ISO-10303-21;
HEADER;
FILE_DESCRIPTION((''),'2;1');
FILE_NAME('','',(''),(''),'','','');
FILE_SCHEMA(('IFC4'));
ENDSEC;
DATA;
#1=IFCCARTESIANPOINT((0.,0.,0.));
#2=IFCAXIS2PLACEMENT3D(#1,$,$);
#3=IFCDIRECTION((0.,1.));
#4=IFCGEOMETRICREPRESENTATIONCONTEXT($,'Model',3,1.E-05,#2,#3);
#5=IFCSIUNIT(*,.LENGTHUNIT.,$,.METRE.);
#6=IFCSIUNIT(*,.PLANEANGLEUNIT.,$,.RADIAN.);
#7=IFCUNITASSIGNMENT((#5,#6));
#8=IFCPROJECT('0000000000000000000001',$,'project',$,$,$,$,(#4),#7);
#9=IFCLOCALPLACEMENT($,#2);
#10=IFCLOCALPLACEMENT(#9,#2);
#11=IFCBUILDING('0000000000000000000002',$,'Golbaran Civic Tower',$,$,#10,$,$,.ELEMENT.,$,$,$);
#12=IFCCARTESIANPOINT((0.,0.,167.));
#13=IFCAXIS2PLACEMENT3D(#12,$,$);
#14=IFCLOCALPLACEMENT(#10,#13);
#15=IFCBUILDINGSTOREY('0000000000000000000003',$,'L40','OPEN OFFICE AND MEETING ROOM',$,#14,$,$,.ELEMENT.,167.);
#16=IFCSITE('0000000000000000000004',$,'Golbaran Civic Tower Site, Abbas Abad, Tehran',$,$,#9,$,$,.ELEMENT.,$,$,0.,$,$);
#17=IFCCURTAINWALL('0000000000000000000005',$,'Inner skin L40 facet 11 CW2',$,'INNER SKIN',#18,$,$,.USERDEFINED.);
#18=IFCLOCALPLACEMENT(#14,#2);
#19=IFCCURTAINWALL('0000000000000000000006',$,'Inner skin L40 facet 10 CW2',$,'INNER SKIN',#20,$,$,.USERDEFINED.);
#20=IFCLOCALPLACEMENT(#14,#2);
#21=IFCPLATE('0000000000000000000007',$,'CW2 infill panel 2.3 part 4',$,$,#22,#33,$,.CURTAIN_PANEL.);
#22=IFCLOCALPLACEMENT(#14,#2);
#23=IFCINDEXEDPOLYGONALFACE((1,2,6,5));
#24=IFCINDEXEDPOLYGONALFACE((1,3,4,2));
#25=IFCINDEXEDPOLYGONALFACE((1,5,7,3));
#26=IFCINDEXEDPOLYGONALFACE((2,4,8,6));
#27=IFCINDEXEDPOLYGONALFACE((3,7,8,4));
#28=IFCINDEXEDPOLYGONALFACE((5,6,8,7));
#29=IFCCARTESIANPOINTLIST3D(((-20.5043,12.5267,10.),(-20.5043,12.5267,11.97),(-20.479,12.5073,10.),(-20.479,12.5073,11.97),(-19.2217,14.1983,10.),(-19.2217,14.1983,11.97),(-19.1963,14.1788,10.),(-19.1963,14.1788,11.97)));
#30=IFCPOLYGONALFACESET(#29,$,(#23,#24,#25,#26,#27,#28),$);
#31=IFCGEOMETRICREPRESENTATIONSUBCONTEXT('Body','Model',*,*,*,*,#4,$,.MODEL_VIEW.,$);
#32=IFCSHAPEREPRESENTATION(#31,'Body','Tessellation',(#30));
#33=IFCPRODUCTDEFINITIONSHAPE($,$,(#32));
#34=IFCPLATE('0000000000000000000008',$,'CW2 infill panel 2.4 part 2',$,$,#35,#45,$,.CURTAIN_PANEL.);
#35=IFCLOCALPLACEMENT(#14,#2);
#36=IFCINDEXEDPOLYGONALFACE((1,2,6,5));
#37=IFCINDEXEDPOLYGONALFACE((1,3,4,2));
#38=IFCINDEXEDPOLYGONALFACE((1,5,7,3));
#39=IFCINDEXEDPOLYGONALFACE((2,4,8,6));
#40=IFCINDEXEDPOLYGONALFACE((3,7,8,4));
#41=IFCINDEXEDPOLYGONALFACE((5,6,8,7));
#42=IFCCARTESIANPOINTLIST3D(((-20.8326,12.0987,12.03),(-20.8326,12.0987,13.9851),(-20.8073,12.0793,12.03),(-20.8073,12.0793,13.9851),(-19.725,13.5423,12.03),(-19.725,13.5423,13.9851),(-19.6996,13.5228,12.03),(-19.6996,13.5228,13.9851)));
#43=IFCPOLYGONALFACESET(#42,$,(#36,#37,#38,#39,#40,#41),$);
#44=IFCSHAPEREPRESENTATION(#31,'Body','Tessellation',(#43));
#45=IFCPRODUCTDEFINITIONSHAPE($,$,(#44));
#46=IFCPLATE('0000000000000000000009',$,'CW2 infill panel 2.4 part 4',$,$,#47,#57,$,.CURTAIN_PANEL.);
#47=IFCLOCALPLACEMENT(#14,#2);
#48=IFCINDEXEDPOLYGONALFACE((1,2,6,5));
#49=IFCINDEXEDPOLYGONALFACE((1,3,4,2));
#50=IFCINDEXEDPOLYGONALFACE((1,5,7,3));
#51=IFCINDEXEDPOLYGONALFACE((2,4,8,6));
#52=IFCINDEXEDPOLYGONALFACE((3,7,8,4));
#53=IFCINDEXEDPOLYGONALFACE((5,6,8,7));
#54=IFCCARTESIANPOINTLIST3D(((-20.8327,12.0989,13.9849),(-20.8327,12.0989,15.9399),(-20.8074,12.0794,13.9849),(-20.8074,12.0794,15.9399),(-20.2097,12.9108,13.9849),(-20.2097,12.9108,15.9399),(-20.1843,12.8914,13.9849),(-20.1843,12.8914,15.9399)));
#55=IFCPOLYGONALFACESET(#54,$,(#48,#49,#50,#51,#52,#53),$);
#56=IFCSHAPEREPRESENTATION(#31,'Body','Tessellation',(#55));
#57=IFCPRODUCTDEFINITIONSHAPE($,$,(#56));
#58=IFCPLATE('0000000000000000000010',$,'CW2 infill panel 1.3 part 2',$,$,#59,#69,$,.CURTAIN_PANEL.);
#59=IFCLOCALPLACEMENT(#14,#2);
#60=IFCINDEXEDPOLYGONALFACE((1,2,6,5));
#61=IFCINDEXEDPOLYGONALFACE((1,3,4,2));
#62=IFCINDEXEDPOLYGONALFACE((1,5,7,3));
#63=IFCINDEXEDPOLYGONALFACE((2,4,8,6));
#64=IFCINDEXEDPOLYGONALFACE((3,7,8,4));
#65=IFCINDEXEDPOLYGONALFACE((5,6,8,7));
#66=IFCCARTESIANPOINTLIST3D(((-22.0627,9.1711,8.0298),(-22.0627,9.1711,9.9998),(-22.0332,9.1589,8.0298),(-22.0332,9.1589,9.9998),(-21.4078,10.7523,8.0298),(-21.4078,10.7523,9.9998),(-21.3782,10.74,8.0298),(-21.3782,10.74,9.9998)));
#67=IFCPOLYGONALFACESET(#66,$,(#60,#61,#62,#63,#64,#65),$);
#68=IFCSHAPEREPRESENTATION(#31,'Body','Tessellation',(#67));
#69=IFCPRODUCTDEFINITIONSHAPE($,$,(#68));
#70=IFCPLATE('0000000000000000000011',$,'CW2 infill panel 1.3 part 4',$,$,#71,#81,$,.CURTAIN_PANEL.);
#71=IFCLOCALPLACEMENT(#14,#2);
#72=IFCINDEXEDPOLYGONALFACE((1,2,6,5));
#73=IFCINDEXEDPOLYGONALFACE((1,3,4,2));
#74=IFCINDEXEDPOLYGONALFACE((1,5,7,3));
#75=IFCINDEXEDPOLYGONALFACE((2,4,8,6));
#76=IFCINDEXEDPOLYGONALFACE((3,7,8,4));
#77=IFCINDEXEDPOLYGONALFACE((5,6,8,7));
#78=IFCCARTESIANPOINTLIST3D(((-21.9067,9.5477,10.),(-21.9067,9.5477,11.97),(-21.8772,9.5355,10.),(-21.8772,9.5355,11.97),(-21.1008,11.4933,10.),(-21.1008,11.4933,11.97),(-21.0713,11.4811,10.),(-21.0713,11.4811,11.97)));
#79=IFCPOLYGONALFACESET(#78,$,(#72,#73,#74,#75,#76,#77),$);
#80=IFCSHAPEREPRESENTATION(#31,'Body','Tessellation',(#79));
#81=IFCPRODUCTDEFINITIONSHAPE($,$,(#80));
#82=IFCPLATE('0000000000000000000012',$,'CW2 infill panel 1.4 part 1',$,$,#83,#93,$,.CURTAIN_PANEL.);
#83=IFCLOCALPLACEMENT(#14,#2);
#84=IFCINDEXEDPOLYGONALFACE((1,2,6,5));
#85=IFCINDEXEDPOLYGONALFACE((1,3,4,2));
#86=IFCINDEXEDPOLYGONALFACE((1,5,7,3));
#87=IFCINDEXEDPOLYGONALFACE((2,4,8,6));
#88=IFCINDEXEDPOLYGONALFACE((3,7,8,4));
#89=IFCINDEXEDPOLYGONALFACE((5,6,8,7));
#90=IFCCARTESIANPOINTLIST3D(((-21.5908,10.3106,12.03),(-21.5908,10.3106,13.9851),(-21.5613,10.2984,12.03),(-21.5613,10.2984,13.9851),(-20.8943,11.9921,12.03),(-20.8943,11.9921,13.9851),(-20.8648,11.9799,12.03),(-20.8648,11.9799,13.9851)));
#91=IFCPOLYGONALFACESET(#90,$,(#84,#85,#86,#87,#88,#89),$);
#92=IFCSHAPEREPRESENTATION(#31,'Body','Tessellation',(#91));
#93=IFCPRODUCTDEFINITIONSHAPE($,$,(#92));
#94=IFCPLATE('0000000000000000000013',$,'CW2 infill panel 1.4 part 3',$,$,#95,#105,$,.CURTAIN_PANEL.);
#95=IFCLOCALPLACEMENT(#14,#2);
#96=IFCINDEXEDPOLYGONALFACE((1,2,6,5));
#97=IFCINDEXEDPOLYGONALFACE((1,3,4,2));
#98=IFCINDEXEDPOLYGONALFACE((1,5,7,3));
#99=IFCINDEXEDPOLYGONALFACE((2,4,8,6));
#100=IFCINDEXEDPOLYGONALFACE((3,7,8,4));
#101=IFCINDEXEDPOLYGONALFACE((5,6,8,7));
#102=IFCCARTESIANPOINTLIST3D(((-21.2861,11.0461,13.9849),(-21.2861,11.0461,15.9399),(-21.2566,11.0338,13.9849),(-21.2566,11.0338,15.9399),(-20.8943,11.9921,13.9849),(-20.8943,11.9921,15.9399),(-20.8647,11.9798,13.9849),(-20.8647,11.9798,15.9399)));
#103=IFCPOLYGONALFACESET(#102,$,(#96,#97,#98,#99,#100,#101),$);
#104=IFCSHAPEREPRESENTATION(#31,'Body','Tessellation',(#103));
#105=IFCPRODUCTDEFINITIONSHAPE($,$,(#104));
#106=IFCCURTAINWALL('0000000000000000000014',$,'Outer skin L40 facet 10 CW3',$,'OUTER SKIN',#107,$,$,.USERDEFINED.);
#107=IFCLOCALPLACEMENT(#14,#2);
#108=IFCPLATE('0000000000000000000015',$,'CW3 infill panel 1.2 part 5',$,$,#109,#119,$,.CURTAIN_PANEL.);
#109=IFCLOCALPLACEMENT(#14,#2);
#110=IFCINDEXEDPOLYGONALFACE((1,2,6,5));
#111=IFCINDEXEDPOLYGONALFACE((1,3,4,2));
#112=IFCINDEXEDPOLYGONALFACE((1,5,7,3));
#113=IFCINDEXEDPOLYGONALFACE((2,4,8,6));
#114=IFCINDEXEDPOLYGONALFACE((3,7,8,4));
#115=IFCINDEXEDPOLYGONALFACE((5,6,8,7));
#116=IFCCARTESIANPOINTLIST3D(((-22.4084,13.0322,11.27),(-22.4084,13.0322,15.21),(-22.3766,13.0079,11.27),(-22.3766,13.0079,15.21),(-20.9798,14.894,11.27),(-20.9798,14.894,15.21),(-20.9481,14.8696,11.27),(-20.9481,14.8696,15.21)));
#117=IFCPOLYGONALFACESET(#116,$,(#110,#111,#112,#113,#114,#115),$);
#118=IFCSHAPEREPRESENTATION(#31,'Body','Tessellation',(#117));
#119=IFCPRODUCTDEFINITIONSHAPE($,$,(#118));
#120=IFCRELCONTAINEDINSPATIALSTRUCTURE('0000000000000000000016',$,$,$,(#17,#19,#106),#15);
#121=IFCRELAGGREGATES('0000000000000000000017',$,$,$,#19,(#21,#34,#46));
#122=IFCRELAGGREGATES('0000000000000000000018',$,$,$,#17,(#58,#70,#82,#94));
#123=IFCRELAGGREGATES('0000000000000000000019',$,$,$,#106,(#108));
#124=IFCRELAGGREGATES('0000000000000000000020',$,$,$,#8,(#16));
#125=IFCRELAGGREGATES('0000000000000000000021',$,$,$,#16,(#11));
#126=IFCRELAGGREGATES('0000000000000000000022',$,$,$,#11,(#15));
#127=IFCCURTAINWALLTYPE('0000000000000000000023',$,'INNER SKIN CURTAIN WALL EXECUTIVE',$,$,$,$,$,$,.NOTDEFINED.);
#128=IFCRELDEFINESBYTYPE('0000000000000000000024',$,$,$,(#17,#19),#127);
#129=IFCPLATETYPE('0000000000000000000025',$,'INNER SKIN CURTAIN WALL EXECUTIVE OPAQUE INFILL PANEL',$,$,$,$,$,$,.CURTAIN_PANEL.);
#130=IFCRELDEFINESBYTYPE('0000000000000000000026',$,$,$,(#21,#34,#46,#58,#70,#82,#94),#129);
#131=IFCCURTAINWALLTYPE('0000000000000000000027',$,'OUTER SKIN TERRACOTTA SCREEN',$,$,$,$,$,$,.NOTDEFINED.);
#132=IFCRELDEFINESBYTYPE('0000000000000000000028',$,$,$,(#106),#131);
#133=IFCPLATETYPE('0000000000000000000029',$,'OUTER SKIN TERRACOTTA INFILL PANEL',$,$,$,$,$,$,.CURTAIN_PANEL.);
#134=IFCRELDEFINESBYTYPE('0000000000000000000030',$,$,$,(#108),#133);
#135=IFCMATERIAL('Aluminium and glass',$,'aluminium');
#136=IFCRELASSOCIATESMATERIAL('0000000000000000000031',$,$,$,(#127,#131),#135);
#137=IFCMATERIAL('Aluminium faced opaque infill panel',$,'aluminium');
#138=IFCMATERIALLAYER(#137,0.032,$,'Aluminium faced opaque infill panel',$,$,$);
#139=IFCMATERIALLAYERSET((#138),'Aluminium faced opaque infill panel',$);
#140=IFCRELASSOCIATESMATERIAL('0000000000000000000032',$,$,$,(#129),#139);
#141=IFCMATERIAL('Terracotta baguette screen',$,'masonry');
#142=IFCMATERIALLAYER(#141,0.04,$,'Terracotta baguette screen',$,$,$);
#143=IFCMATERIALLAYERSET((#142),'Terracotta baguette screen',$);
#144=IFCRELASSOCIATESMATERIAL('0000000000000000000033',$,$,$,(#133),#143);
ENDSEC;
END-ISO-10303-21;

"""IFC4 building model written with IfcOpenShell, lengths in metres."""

from ifc_helpers import new_model, si_unit, direction, frame, origin, origin_2d, place, context, subcontext, project, spatial, rectangle, extrude, material, layer, layer_set, type_object, element, aggregate, save


model = new_model("IFC4")

# Units and contexts
model_context = context("Model", 3, precision=1e-05, world=origin(), true_north=direction((0.0, 1.0)))
body_context = subcontext(model_context, "Body", "Model", "MODEL_VIEW")
ifc_project = project(units=[si_unit("LENGTHUNIT", "METRE"), si_unit("PLANEANGLEUNIT", "RADIAN")], contexts=[model_context])

# Site, building, storey
site_placement = place(None, origin())
site = spatial("IfcSite", under=ifc_project, at=site_placement, Name="Golbaran Civic Tower Site, Abbas Abad, Tehran", CompositionType="ELEMENT", RefElevation=0.0)
building_placement = place(site_placement, origin())
building = spatial("IfcBuilding", under=site, at=building_placement, Name="Golbaran Civic Tower", CompositionType="ELEMENT")
storey_placement = place(building_placement, frame((0.0, 0.0, 167.0)))
storey = spatial("IfcBuildingStorey", under=building, at=storey_placement, Name="L40", Description="OPEN OFFICE AND MEETING ROOM", CompositionType="ELEMENT", Elevation=167.0)

# Curtain wall
ifc_material_1 = material(Name="Aluminium and glass", Category="aluminium")
curtain_wall_type_1 = type_object("IfcCurtainWallType", Name="INNER SKIN CURTAIN WALL EXECUTIVE", PredefinedType="NOTDEFINED", material=ifc_material_1)
curtain_wall_1_placement = place(storey_placement, origin())
curtain_wall_1 = element("IfcCurtainWall", 1, at=curtain_wall_1_placement, inside=storey, type_object=curtain_wall_type_1, Name="Inner skin L40 facet 11 CW2", ObjectType="INNER SKIN", PredefinedType="USERDEFINED")

# Curtain wall
curtain_wall_2_placement = place(storey_placement, origin())
curtain_wall_2 = element("IfcCurtainWall", 2, at=curtain_wall_2_placement, inside=storey, type_object=curtain_wall_type_1, Name="Inner skin L40 facet 10 CW2", ObjectType="INNER SKIN", PredefinedType="USERDEFINED")

# Plates
ifc_material_2 = material(Name="Aluminium faced opaque infill panel", Category="aluminium")
ifc_layer_1 = layer(ifc_material_2, 0.032, Name="Aluminium faced opaque infill panel")
ifc_layer_set_1 = layer_set([ifc_layer_1], Name="Aluminium faced opaque infill panel")
plate_type_1 = type_object("IfcPlateType", Name="INNER SKIN CURTAIN WALL EXECUTIVE OPAQUE INFILL PANEL", PredefinedType="CURTAIN_PANEL", material=ifc_layer_set_1)
plate_1_placement = place(storey_placement, frame((-19.8503, 13.3528, 10.0), z_axis=(0.0, 0.0, 1.0), x_axis=(-0.608761, -0.793353, 0.0)))
plate_1 = element("IfcPlate", 3, at=plate_1_placement, type_object=plate_type_1, Name="CW2 infill panel 2.3 part 4", PredefinedType="CURTAIN_PANEL", context=body_context, shape_type="SweptSolid", body=[
    extrude(rectangle(XDim=2.1069, YDim=0.032, at=origin_2d()), origin(), (0.0, 0.0, 1.0), 1.97),
])
plate_2_placement = place(storey_placement, frame((-20.2661, 12.8108, 12.03), z_axis=(0.0, 0.0, 1.0), x_axis=(-0.608761, -0.793353, 0.0)))
plate_2 = element("IfcPlate", 4, at=plate_2_placement, type_object=plate_type_1, Name="CW2 infill panel 2.4 part 2", PredefinedType="CURTAIN_PANEL", context=body_context, shape_type="SweptSolid", body=[
    extrude(rectangle(XDim=1.8196, YDim=0.032, at=origin_2d()), origin(), (0.0, 0.0, 1.0), 1.9551),
])
plate_3_placement = place(storey_placement, frame((-20.5085, 12.4951, 13.9849), z_axis=(0.0, 0.0, 1.0), x_axis=(-0.608761, -0.793353, 0.0)))
plate_3 = element("IfcPlate", 5, at=plate_3_placement, type_object=plate_type_1, Name="CW2 infill panel 2.4 part 4", PredefinedType="CURTAIN_PANEL", context=body_context, shape_type="SweptSolid", body=[
    extrude(rectangle(XDim=1.0234, YDim=0.032, at=origin_2d()), origin(), (0.0, 0.0, 1.0), 1.9551),
])
aggregate(curtain_wall_2, [plate_1, plate_2, plate_3])
plate_4_placement = place(storey_placement, frame((-21.7205, 9.9556, 8.0298), z_axis=(0.0, 0.0, 1.0), x_axis=(-0.382683, -0.92388, 0.0)))
plate_4 = element("IfcPlate", 6, at=plate_4_placement, type_object=plate_type_1, Name="CW2 infill panel 1.3 part 2", PredefinedType="CURTAIN_PANEL", context=body_context, shape_type="SweptSolid", body=[
    extrude(rectangle(XDim=1.7114, YDim=0.032, at=origin_2d()), origin(), (0.0, 0.0, 1.0), 1.97),
])
plate_5_placement = place(storey_placement, frame((-21.489, 10.5144, 10.0), z_axis=(0.0, 0.0, 1.0), x_axis=(-0.382683, -0.92388, 0.0)))
plate_5 = element("IfcPlate", 7, at=plate_5_placement, type_object=plate_type_1, Name="CW2 infill panel 1.3 part 4", PredefinedType="CURTAIN_PANEL", context=body_context, shape_type="SweptSolid", body=[
    extrude(rectangle(XDim=2.106, YDim=0.032, at=origin_2d()), origin(), (0.0, 0.0, 1.0), 1.97),
])
plate_6_placement = place(storey_placement, frame((-21.2278, 11.1453, 12.03), z_axis=(0.0, 0.0, 1.0), x_axis=(-0.382683, -0.92388, 0.0)))
plate_6 = element("IfcPlate", 8, at=plate_6_placement, type_object=plate_type_1, Name="CW2 infill panel 1.4 part 1", PredefinedType="CURTAIN_PANEL", context=body_context, shape_type="SweptSolid", body=[
    extrude(rectangle(XDim=1.8201, YDim=0.032, at=origin_2d()), origin(), (0.0, 0.0, 1.0), 1.9551),
])
plate_7_placement = place(storey_placement, frame((-21.0754, 11.5129, 13.9849), z_axis=(0.0, 0.0, 1.0), x_axis=(-0.382683, -0.92388, 0.0)))
plate_7 = element("IfcPlate", 9, at=plate_7_placement, type_object=plate_type_1, Name="CW2 infill panel 1.4 part 3", PredefinedType="CURTAIN_PANEL", context=body_context, shape_type="SweptSolid", body=[
    extrude(rectangle(XDim=1.0239, YDim=0.032, at=origin_2d()), origin(), (0.0, 0.0, 1.0), 1.9551),
])
aggregate(curtain_wall_1, [plate_4, plate_5, plate_6, plate_7])

# Curtain wall, plate
curtain_wall_type_2 = type_object("IfcCurtainWallType", Name="OUTER SKIN TERRACOTTA SCREEN", PredefinedType="NOTDEFINED", material=ifc_material_1)
curtain_wall_3_placement = place(storey_placement, origin())
curtain_wall_3 = element("IfcCurtainWall", 10, at=curtain_wall_3_placement, inside=storey, type_object=curtain_wall_type_2, Name="Outer skin L40 facet 10 CW3", ObjectType="OUTER SKIN", PredefinedType="USERDEFINED")
ifc_material_3 = material(Name="Terracotta baguette screen", Category="masonry")
ifc_layer_2 = layer(ifc_material_3, 0.04, Name="Terracotta baguette screen")
ifc_layer_set_2 = layer_set([ifc_layer_2], Name="Terracotta baguette screen")
plate_type_2 = type_object("IfcPlateType", Name="OUTER SKIN TERRACOTTA INFILL PANEL", PredefinedType="CURTAIN_PANEL", material=ifc_layer_set_2)
plate_8_placement = place(storey_placement, frame((-21.6782, 13.9509, 11.27), z_axis=(0.0, 0.0, 1.0), x_axis=(-0.608761, -0.793353, 0.0)))
plate_8 = element("IfcPlate", 11, at=plate_8_placement, type_object=plate_type_2, Name="CW3 infill panel 1.2 part 5", PredefinedType="CURTAIN_PANEL", context=body_context, shape_type="SweptSolid", body=[
    extrude(rectangle(XDim=2.3467, YDim=0.04, at=origin_2d()), origin(), (0.0, 0.0, 1.0), 3.9399),
])
aggregate(curtain_wall_3, [plate_8])

save(model, "model.ifc")
